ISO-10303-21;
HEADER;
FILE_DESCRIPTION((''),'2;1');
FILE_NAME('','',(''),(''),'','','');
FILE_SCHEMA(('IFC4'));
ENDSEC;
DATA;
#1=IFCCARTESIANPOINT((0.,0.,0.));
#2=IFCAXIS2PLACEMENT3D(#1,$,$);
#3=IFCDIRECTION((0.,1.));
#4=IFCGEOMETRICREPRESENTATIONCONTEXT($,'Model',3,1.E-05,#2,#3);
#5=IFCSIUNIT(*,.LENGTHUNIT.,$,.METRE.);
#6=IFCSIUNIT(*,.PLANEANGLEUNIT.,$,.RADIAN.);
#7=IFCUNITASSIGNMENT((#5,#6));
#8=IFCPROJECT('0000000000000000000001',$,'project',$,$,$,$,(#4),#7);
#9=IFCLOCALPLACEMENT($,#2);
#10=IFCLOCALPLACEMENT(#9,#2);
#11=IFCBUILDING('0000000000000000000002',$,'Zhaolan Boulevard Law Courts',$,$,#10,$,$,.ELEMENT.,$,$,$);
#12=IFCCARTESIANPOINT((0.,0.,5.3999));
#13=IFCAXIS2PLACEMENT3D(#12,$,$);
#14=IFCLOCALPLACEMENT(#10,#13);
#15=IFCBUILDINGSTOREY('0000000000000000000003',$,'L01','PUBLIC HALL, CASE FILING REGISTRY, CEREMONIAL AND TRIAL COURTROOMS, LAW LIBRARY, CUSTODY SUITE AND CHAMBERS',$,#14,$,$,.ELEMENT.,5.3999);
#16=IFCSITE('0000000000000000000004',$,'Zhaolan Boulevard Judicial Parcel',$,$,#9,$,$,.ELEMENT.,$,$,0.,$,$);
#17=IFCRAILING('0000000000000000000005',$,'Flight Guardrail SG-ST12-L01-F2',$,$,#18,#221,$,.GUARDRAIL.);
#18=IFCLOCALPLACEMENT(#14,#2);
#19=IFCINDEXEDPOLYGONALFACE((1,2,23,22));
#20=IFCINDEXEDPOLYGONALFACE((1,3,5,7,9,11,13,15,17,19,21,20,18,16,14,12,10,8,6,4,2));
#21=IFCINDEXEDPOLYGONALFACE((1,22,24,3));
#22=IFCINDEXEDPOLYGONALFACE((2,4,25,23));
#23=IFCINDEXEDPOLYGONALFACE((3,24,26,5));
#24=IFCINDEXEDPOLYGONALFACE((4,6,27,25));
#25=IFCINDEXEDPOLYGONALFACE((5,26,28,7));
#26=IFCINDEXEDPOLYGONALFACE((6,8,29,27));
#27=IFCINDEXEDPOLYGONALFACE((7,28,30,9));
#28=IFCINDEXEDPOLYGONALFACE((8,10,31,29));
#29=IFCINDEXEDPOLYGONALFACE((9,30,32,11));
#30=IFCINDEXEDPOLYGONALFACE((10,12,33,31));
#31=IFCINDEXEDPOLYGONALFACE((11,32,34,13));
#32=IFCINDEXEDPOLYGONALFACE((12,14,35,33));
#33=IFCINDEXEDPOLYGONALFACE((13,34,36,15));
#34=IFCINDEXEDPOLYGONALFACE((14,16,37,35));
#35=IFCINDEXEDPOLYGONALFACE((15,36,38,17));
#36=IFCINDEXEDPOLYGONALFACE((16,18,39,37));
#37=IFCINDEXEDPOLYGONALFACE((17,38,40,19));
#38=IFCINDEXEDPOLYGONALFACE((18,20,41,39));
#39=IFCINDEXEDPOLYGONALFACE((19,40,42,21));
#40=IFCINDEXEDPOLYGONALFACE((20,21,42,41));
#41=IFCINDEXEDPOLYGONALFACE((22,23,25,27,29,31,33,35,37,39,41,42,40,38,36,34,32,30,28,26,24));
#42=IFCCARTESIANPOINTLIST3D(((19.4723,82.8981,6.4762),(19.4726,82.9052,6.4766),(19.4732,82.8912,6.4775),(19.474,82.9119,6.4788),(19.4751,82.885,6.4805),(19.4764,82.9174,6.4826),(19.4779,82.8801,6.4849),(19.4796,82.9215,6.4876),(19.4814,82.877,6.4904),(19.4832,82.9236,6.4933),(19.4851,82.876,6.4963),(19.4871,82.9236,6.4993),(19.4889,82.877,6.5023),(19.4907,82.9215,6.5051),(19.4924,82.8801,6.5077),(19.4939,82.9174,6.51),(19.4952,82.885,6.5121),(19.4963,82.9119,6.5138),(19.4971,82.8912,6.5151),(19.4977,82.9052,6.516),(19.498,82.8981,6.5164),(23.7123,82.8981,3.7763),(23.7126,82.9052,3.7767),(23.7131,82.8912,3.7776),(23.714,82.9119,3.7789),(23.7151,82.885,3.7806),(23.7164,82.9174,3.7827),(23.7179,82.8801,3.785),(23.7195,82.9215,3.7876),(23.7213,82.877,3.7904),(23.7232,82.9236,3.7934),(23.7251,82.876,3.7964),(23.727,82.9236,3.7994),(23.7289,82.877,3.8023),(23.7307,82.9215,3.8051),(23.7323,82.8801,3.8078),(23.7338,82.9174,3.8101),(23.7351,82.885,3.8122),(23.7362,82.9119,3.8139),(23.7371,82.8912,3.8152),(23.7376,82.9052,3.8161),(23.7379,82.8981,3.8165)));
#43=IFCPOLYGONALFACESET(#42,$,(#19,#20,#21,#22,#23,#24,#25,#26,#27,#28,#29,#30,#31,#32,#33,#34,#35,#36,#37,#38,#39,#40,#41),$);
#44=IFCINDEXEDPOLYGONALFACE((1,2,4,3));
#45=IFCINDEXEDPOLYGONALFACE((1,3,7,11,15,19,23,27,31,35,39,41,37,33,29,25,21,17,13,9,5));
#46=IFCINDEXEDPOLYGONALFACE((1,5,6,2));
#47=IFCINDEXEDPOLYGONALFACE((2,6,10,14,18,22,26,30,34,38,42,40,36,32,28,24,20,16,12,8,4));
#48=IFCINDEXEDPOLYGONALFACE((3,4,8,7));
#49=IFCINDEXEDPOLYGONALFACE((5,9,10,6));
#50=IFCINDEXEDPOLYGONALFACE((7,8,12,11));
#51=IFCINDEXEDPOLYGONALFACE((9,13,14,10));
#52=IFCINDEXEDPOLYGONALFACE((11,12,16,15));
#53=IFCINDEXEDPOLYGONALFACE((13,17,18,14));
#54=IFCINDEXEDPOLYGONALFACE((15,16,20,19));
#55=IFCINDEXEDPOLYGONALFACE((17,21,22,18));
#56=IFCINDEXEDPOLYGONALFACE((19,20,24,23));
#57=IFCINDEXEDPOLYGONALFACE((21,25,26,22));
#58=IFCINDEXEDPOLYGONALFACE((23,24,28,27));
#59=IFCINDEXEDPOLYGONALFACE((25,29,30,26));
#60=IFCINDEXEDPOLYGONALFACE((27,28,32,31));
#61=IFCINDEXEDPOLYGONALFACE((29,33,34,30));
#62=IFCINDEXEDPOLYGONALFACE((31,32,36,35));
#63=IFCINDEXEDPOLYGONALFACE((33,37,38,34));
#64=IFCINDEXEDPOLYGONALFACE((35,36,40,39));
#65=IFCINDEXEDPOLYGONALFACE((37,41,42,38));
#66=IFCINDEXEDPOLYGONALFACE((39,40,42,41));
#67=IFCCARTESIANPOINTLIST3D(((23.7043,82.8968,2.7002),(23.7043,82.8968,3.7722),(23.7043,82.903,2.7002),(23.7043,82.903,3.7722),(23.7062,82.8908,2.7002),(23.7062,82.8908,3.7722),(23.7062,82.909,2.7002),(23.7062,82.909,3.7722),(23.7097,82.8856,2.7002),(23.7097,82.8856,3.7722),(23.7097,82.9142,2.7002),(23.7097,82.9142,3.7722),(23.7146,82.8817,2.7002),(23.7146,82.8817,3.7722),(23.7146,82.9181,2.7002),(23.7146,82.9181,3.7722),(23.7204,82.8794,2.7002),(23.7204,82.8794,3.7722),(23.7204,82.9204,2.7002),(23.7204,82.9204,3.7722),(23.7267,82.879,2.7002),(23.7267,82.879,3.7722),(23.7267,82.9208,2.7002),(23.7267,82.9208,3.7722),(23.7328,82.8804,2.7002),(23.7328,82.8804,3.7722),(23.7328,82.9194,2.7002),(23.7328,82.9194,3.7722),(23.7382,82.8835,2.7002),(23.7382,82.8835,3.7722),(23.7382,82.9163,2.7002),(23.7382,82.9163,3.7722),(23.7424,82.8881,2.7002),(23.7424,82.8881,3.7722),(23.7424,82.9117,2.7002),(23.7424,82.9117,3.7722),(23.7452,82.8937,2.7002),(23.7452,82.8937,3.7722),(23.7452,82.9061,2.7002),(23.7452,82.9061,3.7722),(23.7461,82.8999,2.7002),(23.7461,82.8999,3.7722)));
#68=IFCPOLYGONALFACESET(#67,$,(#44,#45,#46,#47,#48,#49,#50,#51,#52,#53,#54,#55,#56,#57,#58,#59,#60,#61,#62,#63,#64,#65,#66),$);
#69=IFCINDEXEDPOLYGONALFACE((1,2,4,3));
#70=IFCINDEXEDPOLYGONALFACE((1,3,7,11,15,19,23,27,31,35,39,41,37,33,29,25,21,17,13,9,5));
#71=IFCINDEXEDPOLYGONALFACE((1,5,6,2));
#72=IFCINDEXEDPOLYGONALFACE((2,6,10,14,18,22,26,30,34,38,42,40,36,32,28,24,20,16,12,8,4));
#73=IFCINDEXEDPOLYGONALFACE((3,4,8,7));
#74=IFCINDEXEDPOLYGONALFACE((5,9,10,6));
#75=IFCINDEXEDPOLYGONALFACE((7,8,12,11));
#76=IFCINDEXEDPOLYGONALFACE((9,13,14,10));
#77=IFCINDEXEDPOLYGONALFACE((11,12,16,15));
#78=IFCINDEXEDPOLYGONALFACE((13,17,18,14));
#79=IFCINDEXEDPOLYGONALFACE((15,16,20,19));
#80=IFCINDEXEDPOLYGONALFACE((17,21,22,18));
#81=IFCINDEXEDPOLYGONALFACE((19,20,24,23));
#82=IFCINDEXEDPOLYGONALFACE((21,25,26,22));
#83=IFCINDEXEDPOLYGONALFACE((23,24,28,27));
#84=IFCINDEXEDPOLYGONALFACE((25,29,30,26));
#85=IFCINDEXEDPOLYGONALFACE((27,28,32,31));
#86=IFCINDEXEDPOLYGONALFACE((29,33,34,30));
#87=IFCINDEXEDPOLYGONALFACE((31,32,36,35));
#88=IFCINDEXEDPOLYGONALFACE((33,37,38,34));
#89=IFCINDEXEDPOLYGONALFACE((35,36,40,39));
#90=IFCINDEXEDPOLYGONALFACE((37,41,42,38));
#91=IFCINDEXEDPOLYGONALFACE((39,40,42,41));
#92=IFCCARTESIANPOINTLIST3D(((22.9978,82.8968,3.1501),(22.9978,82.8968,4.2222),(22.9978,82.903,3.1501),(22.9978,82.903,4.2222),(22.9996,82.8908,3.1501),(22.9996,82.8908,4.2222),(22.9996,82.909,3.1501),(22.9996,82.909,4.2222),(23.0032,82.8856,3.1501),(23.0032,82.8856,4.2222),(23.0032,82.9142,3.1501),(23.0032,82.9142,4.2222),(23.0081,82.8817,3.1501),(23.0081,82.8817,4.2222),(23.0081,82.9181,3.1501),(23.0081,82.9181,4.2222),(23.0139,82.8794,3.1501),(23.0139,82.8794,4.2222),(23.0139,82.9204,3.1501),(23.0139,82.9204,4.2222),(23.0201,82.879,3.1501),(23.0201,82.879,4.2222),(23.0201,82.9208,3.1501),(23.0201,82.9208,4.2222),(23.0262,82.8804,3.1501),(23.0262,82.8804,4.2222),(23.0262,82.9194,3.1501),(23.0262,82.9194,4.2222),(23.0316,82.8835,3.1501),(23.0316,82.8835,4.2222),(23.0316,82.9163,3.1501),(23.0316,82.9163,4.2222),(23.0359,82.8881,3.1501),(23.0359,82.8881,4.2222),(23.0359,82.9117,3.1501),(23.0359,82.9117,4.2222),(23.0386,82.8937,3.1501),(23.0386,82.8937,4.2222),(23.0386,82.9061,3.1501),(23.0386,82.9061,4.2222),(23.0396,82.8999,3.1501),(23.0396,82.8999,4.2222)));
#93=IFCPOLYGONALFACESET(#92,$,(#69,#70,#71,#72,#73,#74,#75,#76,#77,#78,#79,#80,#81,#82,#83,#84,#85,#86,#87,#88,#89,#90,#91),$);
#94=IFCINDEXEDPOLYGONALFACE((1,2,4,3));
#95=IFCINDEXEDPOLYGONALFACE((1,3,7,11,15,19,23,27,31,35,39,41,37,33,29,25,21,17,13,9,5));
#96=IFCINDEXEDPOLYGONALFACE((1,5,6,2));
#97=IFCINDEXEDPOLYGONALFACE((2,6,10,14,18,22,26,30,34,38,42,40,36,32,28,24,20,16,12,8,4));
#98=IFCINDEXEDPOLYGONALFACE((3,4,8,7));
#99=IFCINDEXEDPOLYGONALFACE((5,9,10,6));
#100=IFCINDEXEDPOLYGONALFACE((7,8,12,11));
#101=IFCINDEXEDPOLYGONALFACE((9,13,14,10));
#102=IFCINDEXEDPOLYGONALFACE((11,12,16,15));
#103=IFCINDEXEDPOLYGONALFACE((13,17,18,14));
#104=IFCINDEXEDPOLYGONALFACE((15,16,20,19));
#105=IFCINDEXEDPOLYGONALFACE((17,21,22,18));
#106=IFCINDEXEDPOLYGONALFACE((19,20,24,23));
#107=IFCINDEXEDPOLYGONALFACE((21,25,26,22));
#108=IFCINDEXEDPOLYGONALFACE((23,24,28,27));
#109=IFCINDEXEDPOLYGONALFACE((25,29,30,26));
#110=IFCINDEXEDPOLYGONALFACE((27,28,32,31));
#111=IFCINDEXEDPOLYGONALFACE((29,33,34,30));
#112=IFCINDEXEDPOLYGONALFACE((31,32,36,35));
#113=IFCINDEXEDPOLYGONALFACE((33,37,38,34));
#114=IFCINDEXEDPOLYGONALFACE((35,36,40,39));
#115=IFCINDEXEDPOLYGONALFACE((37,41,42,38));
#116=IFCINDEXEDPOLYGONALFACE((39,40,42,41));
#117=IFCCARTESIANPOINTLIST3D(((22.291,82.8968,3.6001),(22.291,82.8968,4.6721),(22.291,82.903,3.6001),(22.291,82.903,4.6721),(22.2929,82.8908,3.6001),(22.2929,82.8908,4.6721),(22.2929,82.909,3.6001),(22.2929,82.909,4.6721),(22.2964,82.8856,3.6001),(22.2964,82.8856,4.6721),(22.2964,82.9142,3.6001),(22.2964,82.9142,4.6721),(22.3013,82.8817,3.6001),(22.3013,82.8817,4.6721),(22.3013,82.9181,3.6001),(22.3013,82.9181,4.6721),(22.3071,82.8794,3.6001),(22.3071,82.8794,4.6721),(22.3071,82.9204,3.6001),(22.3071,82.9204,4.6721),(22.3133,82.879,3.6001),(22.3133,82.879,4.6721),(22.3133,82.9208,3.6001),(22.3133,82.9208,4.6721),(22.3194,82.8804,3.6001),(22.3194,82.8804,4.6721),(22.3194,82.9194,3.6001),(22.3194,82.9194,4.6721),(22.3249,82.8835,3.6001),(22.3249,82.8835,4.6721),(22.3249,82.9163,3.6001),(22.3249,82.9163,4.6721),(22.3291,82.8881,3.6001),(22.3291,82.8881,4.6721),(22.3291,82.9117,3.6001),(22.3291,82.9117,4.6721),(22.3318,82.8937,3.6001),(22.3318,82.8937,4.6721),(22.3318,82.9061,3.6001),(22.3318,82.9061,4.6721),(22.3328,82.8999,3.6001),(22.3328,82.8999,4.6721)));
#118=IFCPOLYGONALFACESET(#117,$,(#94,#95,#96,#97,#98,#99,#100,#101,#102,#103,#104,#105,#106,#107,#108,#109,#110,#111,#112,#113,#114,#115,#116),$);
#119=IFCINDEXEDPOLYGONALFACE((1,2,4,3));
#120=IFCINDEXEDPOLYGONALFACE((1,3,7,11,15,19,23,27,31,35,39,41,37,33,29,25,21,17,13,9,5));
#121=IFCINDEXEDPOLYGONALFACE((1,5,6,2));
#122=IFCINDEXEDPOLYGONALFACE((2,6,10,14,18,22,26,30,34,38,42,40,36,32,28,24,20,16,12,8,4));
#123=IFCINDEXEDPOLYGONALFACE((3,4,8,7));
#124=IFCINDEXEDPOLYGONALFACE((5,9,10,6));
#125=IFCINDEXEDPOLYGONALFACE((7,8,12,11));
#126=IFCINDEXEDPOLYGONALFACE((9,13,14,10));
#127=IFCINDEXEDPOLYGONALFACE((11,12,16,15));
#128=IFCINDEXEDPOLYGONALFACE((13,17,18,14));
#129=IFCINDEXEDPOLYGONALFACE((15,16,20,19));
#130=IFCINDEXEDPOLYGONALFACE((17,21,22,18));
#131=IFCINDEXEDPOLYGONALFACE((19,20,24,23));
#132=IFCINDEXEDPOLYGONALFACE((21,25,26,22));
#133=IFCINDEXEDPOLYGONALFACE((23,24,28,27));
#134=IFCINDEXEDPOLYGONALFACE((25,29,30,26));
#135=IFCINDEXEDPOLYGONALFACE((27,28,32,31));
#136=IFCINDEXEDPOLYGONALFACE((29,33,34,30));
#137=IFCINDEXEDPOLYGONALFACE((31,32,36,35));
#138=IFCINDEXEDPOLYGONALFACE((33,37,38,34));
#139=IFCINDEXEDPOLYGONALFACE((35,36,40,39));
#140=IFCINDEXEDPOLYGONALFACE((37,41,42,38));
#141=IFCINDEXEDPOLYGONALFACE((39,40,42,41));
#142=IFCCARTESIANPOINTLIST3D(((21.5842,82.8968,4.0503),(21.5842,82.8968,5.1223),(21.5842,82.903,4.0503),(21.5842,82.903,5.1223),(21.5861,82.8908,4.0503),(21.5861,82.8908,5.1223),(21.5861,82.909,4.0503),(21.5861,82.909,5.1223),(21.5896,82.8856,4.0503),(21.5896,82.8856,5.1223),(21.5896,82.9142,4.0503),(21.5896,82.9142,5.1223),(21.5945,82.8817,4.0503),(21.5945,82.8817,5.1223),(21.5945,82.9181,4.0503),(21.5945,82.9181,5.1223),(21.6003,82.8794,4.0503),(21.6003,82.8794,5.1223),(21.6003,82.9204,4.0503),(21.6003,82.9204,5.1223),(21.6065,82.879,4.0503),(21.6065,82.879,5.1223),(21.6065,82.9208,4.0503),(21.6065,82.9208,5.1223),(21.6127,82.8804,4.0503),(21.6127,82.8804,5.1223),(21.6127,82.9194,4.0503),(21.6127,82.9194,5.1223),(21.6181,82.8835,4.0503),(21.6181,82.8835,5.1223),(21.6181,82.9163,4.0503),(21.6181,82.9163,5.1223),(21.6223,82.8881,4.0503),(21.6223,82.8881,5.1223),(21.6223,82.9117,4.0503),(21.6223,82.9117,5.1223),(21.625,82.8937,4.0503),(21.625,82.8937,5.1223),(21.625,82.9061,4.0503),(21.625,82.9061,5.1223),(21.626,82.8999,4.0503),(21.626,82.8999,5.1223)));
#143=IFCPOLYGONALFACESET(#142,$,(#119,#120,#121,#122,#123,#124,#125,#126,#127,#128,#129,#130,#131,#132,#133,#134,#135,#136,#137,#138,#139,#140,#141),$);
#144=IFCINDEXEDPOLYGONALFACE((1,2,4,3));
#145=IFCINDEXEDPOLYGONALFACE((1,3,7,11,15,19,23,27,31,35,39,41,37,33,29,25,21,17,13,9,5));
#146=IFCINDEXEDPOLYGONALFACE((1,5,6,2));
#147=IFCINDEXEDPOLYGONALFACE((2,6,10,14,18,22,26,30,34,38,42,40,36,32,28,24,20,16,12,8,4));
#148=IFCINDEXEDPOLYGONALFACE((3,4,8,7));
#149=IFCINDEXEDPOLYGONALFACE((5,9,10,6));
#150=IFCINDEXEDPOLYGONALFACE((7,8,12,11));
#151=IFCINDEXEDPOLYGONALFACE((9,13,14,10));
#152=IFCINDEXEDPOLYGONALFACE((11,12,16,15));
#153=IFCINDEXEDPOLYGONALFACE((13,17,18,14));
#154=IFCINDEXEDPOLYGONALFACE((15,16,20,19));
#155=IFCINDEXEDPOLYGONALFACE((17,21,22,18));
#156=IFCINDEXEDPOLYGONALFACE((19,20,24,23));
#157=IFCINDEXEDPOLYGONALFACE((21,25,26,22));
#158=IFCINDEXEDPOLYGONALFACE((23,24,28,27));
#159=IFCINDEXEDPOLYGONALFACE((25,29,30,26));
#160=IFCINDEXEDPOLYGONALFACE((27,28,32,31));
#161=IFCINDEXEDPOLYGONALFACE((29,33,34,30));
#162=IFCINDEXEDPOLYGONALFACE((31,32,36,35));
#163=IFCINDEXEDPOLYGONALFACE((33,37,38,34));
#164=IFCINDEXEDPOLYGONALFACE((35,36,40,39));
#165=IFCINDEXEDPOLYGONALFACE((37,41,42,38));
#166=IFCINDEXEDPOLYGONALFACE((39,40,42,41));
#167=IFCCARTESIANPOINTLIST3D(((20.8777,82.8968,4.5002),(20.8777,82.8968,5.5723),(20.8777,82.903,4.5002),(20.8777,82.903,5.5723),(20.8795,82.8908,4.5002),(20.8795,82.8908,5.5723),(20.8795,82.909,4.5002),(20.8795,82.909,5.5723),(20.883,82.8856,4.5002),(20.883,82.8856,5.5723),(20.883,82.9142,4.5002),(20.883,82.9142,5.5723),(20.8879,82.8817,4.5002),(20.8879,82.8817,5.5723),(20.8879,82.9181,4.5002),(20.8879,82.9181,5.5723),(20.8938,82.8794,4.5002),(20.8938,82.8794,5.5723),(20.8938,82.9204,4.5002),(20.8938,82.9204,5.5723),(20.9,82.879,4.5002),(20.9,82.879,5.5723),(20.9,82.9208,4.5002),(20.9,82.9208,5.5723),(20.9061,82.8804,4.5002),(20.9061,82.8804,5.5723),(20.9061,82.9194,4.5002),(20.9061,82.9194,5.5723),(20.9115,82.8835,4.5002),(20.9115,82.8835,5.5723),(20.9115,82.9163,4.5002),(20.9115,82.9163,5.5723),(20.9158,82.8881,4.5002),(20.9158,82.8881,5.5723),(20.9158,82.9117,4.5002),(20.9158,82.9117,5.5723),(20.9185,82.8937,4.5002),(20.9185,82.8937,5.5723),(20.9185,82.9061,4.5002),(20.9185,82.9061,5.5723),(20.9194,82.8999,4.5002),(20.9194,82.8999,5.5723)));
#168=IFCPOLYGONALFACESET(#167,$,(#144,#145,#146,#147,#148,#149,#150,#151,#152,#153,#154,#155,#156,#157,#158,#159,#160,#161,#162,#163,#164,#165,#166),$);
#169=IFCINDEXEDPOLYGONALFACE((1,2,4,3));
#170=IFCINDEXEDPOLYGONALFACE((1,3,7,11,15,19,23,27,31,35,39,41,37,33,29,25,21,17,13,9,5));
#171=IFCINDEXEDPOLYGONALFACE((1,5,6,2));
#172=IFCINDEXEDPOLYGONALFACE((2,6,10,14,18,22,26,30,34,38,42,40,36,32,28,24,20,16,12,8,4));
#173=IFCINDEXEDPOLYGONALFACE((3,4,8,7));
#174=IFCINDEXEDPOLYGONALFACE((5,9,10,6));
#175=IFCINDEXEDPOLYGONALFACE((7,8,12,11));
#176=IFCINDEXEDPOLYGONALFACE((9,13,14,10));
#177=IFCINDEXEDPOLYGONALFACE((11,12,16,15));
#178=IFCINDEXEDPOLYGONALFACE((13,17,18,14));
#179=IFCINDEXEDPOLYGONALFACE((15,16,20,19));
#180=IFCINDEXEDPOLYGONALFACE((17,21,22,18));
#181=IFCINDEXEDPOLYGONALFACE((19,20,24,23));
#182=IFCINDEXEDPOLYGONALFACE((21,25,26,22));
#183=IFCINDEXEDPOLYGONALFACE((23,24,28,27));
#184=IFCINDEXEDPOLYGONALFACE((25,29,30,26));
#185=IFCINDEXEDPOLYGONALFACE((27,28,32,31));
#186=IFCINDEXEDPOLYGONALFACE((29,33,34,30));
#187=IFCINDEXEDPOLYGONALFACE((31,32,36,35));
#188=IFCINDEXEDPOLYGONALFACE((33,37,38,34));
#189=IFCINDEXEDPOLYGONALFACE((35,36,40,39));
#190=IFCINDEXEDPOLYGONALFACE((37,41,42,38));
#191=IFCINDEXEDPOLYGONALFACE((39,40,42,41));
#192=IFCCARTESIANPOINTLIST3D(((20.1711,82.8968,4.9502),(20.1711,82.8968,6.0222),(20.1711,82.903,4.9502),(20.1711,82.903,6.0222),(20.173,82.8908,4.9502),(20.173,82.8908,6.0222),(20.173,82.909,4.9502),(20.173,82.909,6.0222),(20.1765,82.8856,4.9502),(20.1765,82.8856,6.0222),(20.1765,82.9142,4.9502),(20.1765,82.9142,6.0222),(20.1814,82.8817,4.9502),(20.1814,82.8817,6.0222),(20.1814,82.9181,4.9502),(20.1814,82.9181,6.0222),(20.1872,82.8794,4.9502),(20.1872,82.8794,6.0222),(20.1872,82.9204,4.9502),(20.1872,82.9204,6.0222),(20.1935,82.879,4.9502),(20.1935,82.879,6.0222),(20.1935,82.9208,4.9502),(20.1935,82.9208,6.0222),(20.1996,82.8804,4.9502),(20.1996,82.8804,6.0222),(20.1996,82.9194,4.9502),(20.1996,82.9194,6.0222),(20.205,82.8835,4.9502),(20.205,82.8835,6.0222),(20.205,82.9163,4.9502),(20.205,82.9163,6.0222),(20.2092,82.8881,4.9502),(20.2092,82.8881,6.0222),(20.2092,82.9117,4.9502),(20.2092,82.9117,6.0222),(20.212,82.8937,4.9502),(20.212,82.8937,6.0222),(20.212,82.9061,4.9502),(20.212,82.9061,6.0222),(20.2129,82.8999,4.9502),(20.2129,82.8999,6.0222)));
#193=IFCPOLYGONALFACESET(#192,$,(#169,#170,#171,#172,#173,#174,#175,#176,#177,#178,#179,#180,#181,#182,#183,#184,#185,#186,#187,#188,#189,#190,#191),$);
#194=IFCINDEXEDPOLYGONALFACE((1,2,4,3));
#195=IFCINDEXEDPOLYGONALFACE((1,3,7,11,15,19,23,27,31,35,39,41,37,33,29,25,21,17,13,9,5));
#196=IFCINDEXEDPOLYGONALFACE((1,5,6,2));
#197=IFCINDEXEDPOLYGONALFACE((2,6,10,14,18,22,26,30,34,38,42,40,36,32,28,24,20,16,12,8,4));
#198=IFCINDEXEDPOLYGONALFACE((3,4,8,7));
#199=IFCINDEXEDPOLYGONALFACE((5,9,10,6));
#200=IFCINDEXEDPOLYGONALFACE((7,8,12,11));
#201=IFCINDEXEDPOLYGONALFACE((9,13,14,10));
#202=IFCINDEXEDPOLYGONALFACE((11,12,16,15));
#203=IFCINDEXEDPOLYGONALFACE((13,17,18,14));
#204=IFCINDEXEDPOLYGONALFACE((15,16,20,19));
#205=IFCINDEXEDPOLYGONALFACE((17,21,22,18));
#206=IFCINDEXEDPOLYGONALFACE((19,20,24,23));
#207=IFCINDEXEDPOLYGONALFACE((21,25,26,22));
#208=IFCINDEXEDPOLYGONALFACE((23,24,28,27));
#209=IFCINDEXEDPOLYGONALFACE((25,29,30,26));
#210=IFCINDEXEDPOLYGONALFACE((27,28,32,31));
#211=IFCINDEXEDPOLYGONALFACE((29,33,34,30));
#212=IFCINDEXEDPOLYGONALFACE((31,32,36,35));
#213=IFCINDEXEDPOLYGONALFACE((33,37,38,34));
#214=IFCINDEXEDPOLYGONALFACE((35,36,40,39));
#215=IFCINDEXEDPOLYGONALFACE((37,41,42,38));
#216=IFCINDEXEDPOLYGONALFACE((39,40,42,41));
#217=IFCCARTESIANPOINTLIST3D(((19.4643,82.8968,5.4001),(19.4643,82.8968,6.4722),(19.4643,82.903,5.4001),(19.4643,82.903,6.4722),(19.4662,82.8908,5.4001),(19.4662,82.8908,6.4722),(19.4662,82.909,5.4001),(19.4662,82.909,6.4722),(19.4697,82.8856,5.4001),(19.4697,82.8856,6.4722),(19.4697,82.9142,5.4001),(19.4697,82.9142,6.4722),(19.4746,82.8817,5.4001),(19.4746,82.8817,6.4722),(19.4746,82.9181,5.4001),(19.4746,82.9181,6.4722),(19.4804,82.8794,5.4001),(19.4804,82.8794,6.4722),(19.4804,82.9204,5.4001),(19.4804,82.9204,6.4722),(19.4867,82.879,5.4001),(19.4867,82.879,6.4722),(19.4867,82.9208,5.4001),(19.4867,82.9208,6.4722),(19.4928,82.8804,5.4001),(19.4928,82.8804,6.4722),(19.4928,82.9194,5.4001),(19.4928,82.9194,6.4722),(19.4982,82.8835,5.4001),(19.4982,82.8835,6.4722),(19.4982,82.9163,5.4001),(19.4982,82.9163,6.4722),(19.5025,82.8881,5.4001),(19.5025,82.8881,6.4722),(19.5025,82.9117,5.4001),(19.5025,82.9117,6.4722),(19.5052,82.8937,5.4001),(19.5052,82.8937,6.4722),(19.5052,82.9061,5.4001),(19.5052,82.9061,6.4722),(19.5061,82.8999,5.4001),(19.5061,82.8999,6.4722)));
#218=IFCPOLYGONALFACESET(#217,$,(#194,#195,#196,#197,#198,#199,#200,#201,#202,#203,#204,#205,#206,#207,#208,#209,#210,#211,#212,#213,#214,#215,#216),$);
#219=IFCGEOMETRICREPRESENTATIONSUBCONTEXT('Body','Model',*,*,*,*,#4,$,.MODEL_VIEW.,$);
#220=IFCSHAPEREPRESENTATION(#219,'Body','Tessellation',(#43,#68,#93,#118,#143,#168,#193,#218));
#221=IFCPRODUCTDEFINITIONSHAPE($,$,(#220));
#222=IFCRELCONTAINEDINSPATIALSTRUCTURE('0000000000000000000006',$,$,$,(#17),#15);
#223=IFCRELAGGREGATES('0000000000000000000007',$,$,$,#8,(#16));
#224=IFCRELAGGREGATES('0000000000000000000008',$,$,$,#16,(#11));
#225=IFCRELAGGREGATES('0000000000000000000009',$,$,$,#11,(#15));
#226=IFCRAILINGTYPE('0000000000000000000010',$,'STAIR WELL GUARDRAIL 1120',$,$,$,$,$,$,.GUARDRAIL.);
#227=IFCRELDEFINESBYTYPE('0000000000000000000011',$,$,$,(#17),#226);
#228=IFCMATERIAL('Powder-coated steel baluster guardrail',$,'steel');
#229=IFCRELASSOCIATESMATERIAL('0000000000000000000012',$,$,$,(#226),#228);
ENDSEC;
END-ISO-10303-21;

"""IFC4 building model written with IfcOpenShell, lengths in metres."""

from ifc_helpers import new_model, si_unit, direction, frame, origin, origin_2d, place, context, subcontext, project, spatial, circle, extrude, material, type_object, element, save


model = new_model("IFC4")

# Units and contexts
model_context = context("Model", 3, precision=1e-05, world=origin(), true_north=direction((0.0, 1.0)))
body_context = subcontext(model_context, "Body", "Model", "MODEL_VIEW")
ifc_project = project(units=[si_unit("LENGTHUNIT", "METRE"), si_unit("PLANEANGLEUNIT", "RADIAN")], contexts=[model_context])

# Site, building, storey
site_placement = place(None, origin())
site = spatial("IfcSite", under=ifc_project, at=site_placement, Name="Zhaolan Boulevard Judicial Parcel", CompositionType="ELEMENT", RefElevation=0.0)
building_placement = place(site_placement, origin())
building = spatial("IfcBuilding", under=site, at=building_placement, Name="Zhaolan Boulevard Law Courts", CompositionType="ELEMENT")
storey_placement = place(building_placement, frame((0.0, 0.0, 5.3999)))
storey = spatial("IfcBuildingStorey", under=building, at=storey_placement, Name="L01", Description="PUBLIC HALL, CASE FILING REGISTRY, CEREMONIAL AND TRIAL COURTROOMS, LAW LIBRARY, CUSTODY SUITE AND CHAMBERS", CompositionType="ELEMENT", Elevation=5.3999)

# Railing
ifc_material_1 = material(Name="Powder-coated steel baluster guardrail", Category="steel")
railing_type_1 = type_object("IfcRailingType", Name="STAIR WELL GUARDRAIL 1120", PredefinedType="GUARDRAIL", material=ifc_material_1)
railing_1_placement = place(storey_placement, frame((23.7251, 82.8999, 2.7002)))
element("IfcRailing", 1, at=railing_1_placement, inside=storey, type_object=railing_type_1, Name="Flight Guardrail SG-ST12-L01-F2", PredefinedType="GUARDRAIL", context=body_context, shape_type="SweptSolid", body=[
    extrude(circle(Radius=0.0239, at=origin_2d()), frame((0.0, 0.0, 1.0962), z_axis=(-0.843501, 0.0, 0.537127), x_axis=(0.0, -1.0, 0.0)), (0.0, 0.0, 1.0), 5.0266),
    extrude(circle(Radius=0.021, at=origin_2d()), origin(), (0.0, 0.0, 1.0), 1.072),
    extrude(circle(Radius=0.021, at=origin_2d()), frame((-0.7065, 0.0, 0.45)), (0.0, 0.0, 1.0), 1.072),
    extrude(circle(Radius=0.021, at=origin_2d()), frame((-1.4133, 0.0, 0.8999)), (0.0, 0.0, 1.0), 1.072),
    extrude(circle(Radius=0.021, at=origin_2d()), frame((-2.1201, 0.0, 1.3501)), (0.0, 0.0, 1.0), 1.072),
    extrude(circle(Radius=0.021, at=origin_2d()), frame((-2.8267, 0.0, 1.8)), (0.0, 0.0, 1.0), 1.072),
    extrude(circle(Radius=0.021, at=origin_2d()), frame((-3.5332, 0.0, 2.25)), (0.0, 0.0, 1.0), 1.072),
    extrude(circle(Radius=0.021, at=origin_2d()), frame((-4.24, 0.0, 2.7)), (0.0, 0.0, 1.0), 1.072),
])

save(model, "model.ifc")
